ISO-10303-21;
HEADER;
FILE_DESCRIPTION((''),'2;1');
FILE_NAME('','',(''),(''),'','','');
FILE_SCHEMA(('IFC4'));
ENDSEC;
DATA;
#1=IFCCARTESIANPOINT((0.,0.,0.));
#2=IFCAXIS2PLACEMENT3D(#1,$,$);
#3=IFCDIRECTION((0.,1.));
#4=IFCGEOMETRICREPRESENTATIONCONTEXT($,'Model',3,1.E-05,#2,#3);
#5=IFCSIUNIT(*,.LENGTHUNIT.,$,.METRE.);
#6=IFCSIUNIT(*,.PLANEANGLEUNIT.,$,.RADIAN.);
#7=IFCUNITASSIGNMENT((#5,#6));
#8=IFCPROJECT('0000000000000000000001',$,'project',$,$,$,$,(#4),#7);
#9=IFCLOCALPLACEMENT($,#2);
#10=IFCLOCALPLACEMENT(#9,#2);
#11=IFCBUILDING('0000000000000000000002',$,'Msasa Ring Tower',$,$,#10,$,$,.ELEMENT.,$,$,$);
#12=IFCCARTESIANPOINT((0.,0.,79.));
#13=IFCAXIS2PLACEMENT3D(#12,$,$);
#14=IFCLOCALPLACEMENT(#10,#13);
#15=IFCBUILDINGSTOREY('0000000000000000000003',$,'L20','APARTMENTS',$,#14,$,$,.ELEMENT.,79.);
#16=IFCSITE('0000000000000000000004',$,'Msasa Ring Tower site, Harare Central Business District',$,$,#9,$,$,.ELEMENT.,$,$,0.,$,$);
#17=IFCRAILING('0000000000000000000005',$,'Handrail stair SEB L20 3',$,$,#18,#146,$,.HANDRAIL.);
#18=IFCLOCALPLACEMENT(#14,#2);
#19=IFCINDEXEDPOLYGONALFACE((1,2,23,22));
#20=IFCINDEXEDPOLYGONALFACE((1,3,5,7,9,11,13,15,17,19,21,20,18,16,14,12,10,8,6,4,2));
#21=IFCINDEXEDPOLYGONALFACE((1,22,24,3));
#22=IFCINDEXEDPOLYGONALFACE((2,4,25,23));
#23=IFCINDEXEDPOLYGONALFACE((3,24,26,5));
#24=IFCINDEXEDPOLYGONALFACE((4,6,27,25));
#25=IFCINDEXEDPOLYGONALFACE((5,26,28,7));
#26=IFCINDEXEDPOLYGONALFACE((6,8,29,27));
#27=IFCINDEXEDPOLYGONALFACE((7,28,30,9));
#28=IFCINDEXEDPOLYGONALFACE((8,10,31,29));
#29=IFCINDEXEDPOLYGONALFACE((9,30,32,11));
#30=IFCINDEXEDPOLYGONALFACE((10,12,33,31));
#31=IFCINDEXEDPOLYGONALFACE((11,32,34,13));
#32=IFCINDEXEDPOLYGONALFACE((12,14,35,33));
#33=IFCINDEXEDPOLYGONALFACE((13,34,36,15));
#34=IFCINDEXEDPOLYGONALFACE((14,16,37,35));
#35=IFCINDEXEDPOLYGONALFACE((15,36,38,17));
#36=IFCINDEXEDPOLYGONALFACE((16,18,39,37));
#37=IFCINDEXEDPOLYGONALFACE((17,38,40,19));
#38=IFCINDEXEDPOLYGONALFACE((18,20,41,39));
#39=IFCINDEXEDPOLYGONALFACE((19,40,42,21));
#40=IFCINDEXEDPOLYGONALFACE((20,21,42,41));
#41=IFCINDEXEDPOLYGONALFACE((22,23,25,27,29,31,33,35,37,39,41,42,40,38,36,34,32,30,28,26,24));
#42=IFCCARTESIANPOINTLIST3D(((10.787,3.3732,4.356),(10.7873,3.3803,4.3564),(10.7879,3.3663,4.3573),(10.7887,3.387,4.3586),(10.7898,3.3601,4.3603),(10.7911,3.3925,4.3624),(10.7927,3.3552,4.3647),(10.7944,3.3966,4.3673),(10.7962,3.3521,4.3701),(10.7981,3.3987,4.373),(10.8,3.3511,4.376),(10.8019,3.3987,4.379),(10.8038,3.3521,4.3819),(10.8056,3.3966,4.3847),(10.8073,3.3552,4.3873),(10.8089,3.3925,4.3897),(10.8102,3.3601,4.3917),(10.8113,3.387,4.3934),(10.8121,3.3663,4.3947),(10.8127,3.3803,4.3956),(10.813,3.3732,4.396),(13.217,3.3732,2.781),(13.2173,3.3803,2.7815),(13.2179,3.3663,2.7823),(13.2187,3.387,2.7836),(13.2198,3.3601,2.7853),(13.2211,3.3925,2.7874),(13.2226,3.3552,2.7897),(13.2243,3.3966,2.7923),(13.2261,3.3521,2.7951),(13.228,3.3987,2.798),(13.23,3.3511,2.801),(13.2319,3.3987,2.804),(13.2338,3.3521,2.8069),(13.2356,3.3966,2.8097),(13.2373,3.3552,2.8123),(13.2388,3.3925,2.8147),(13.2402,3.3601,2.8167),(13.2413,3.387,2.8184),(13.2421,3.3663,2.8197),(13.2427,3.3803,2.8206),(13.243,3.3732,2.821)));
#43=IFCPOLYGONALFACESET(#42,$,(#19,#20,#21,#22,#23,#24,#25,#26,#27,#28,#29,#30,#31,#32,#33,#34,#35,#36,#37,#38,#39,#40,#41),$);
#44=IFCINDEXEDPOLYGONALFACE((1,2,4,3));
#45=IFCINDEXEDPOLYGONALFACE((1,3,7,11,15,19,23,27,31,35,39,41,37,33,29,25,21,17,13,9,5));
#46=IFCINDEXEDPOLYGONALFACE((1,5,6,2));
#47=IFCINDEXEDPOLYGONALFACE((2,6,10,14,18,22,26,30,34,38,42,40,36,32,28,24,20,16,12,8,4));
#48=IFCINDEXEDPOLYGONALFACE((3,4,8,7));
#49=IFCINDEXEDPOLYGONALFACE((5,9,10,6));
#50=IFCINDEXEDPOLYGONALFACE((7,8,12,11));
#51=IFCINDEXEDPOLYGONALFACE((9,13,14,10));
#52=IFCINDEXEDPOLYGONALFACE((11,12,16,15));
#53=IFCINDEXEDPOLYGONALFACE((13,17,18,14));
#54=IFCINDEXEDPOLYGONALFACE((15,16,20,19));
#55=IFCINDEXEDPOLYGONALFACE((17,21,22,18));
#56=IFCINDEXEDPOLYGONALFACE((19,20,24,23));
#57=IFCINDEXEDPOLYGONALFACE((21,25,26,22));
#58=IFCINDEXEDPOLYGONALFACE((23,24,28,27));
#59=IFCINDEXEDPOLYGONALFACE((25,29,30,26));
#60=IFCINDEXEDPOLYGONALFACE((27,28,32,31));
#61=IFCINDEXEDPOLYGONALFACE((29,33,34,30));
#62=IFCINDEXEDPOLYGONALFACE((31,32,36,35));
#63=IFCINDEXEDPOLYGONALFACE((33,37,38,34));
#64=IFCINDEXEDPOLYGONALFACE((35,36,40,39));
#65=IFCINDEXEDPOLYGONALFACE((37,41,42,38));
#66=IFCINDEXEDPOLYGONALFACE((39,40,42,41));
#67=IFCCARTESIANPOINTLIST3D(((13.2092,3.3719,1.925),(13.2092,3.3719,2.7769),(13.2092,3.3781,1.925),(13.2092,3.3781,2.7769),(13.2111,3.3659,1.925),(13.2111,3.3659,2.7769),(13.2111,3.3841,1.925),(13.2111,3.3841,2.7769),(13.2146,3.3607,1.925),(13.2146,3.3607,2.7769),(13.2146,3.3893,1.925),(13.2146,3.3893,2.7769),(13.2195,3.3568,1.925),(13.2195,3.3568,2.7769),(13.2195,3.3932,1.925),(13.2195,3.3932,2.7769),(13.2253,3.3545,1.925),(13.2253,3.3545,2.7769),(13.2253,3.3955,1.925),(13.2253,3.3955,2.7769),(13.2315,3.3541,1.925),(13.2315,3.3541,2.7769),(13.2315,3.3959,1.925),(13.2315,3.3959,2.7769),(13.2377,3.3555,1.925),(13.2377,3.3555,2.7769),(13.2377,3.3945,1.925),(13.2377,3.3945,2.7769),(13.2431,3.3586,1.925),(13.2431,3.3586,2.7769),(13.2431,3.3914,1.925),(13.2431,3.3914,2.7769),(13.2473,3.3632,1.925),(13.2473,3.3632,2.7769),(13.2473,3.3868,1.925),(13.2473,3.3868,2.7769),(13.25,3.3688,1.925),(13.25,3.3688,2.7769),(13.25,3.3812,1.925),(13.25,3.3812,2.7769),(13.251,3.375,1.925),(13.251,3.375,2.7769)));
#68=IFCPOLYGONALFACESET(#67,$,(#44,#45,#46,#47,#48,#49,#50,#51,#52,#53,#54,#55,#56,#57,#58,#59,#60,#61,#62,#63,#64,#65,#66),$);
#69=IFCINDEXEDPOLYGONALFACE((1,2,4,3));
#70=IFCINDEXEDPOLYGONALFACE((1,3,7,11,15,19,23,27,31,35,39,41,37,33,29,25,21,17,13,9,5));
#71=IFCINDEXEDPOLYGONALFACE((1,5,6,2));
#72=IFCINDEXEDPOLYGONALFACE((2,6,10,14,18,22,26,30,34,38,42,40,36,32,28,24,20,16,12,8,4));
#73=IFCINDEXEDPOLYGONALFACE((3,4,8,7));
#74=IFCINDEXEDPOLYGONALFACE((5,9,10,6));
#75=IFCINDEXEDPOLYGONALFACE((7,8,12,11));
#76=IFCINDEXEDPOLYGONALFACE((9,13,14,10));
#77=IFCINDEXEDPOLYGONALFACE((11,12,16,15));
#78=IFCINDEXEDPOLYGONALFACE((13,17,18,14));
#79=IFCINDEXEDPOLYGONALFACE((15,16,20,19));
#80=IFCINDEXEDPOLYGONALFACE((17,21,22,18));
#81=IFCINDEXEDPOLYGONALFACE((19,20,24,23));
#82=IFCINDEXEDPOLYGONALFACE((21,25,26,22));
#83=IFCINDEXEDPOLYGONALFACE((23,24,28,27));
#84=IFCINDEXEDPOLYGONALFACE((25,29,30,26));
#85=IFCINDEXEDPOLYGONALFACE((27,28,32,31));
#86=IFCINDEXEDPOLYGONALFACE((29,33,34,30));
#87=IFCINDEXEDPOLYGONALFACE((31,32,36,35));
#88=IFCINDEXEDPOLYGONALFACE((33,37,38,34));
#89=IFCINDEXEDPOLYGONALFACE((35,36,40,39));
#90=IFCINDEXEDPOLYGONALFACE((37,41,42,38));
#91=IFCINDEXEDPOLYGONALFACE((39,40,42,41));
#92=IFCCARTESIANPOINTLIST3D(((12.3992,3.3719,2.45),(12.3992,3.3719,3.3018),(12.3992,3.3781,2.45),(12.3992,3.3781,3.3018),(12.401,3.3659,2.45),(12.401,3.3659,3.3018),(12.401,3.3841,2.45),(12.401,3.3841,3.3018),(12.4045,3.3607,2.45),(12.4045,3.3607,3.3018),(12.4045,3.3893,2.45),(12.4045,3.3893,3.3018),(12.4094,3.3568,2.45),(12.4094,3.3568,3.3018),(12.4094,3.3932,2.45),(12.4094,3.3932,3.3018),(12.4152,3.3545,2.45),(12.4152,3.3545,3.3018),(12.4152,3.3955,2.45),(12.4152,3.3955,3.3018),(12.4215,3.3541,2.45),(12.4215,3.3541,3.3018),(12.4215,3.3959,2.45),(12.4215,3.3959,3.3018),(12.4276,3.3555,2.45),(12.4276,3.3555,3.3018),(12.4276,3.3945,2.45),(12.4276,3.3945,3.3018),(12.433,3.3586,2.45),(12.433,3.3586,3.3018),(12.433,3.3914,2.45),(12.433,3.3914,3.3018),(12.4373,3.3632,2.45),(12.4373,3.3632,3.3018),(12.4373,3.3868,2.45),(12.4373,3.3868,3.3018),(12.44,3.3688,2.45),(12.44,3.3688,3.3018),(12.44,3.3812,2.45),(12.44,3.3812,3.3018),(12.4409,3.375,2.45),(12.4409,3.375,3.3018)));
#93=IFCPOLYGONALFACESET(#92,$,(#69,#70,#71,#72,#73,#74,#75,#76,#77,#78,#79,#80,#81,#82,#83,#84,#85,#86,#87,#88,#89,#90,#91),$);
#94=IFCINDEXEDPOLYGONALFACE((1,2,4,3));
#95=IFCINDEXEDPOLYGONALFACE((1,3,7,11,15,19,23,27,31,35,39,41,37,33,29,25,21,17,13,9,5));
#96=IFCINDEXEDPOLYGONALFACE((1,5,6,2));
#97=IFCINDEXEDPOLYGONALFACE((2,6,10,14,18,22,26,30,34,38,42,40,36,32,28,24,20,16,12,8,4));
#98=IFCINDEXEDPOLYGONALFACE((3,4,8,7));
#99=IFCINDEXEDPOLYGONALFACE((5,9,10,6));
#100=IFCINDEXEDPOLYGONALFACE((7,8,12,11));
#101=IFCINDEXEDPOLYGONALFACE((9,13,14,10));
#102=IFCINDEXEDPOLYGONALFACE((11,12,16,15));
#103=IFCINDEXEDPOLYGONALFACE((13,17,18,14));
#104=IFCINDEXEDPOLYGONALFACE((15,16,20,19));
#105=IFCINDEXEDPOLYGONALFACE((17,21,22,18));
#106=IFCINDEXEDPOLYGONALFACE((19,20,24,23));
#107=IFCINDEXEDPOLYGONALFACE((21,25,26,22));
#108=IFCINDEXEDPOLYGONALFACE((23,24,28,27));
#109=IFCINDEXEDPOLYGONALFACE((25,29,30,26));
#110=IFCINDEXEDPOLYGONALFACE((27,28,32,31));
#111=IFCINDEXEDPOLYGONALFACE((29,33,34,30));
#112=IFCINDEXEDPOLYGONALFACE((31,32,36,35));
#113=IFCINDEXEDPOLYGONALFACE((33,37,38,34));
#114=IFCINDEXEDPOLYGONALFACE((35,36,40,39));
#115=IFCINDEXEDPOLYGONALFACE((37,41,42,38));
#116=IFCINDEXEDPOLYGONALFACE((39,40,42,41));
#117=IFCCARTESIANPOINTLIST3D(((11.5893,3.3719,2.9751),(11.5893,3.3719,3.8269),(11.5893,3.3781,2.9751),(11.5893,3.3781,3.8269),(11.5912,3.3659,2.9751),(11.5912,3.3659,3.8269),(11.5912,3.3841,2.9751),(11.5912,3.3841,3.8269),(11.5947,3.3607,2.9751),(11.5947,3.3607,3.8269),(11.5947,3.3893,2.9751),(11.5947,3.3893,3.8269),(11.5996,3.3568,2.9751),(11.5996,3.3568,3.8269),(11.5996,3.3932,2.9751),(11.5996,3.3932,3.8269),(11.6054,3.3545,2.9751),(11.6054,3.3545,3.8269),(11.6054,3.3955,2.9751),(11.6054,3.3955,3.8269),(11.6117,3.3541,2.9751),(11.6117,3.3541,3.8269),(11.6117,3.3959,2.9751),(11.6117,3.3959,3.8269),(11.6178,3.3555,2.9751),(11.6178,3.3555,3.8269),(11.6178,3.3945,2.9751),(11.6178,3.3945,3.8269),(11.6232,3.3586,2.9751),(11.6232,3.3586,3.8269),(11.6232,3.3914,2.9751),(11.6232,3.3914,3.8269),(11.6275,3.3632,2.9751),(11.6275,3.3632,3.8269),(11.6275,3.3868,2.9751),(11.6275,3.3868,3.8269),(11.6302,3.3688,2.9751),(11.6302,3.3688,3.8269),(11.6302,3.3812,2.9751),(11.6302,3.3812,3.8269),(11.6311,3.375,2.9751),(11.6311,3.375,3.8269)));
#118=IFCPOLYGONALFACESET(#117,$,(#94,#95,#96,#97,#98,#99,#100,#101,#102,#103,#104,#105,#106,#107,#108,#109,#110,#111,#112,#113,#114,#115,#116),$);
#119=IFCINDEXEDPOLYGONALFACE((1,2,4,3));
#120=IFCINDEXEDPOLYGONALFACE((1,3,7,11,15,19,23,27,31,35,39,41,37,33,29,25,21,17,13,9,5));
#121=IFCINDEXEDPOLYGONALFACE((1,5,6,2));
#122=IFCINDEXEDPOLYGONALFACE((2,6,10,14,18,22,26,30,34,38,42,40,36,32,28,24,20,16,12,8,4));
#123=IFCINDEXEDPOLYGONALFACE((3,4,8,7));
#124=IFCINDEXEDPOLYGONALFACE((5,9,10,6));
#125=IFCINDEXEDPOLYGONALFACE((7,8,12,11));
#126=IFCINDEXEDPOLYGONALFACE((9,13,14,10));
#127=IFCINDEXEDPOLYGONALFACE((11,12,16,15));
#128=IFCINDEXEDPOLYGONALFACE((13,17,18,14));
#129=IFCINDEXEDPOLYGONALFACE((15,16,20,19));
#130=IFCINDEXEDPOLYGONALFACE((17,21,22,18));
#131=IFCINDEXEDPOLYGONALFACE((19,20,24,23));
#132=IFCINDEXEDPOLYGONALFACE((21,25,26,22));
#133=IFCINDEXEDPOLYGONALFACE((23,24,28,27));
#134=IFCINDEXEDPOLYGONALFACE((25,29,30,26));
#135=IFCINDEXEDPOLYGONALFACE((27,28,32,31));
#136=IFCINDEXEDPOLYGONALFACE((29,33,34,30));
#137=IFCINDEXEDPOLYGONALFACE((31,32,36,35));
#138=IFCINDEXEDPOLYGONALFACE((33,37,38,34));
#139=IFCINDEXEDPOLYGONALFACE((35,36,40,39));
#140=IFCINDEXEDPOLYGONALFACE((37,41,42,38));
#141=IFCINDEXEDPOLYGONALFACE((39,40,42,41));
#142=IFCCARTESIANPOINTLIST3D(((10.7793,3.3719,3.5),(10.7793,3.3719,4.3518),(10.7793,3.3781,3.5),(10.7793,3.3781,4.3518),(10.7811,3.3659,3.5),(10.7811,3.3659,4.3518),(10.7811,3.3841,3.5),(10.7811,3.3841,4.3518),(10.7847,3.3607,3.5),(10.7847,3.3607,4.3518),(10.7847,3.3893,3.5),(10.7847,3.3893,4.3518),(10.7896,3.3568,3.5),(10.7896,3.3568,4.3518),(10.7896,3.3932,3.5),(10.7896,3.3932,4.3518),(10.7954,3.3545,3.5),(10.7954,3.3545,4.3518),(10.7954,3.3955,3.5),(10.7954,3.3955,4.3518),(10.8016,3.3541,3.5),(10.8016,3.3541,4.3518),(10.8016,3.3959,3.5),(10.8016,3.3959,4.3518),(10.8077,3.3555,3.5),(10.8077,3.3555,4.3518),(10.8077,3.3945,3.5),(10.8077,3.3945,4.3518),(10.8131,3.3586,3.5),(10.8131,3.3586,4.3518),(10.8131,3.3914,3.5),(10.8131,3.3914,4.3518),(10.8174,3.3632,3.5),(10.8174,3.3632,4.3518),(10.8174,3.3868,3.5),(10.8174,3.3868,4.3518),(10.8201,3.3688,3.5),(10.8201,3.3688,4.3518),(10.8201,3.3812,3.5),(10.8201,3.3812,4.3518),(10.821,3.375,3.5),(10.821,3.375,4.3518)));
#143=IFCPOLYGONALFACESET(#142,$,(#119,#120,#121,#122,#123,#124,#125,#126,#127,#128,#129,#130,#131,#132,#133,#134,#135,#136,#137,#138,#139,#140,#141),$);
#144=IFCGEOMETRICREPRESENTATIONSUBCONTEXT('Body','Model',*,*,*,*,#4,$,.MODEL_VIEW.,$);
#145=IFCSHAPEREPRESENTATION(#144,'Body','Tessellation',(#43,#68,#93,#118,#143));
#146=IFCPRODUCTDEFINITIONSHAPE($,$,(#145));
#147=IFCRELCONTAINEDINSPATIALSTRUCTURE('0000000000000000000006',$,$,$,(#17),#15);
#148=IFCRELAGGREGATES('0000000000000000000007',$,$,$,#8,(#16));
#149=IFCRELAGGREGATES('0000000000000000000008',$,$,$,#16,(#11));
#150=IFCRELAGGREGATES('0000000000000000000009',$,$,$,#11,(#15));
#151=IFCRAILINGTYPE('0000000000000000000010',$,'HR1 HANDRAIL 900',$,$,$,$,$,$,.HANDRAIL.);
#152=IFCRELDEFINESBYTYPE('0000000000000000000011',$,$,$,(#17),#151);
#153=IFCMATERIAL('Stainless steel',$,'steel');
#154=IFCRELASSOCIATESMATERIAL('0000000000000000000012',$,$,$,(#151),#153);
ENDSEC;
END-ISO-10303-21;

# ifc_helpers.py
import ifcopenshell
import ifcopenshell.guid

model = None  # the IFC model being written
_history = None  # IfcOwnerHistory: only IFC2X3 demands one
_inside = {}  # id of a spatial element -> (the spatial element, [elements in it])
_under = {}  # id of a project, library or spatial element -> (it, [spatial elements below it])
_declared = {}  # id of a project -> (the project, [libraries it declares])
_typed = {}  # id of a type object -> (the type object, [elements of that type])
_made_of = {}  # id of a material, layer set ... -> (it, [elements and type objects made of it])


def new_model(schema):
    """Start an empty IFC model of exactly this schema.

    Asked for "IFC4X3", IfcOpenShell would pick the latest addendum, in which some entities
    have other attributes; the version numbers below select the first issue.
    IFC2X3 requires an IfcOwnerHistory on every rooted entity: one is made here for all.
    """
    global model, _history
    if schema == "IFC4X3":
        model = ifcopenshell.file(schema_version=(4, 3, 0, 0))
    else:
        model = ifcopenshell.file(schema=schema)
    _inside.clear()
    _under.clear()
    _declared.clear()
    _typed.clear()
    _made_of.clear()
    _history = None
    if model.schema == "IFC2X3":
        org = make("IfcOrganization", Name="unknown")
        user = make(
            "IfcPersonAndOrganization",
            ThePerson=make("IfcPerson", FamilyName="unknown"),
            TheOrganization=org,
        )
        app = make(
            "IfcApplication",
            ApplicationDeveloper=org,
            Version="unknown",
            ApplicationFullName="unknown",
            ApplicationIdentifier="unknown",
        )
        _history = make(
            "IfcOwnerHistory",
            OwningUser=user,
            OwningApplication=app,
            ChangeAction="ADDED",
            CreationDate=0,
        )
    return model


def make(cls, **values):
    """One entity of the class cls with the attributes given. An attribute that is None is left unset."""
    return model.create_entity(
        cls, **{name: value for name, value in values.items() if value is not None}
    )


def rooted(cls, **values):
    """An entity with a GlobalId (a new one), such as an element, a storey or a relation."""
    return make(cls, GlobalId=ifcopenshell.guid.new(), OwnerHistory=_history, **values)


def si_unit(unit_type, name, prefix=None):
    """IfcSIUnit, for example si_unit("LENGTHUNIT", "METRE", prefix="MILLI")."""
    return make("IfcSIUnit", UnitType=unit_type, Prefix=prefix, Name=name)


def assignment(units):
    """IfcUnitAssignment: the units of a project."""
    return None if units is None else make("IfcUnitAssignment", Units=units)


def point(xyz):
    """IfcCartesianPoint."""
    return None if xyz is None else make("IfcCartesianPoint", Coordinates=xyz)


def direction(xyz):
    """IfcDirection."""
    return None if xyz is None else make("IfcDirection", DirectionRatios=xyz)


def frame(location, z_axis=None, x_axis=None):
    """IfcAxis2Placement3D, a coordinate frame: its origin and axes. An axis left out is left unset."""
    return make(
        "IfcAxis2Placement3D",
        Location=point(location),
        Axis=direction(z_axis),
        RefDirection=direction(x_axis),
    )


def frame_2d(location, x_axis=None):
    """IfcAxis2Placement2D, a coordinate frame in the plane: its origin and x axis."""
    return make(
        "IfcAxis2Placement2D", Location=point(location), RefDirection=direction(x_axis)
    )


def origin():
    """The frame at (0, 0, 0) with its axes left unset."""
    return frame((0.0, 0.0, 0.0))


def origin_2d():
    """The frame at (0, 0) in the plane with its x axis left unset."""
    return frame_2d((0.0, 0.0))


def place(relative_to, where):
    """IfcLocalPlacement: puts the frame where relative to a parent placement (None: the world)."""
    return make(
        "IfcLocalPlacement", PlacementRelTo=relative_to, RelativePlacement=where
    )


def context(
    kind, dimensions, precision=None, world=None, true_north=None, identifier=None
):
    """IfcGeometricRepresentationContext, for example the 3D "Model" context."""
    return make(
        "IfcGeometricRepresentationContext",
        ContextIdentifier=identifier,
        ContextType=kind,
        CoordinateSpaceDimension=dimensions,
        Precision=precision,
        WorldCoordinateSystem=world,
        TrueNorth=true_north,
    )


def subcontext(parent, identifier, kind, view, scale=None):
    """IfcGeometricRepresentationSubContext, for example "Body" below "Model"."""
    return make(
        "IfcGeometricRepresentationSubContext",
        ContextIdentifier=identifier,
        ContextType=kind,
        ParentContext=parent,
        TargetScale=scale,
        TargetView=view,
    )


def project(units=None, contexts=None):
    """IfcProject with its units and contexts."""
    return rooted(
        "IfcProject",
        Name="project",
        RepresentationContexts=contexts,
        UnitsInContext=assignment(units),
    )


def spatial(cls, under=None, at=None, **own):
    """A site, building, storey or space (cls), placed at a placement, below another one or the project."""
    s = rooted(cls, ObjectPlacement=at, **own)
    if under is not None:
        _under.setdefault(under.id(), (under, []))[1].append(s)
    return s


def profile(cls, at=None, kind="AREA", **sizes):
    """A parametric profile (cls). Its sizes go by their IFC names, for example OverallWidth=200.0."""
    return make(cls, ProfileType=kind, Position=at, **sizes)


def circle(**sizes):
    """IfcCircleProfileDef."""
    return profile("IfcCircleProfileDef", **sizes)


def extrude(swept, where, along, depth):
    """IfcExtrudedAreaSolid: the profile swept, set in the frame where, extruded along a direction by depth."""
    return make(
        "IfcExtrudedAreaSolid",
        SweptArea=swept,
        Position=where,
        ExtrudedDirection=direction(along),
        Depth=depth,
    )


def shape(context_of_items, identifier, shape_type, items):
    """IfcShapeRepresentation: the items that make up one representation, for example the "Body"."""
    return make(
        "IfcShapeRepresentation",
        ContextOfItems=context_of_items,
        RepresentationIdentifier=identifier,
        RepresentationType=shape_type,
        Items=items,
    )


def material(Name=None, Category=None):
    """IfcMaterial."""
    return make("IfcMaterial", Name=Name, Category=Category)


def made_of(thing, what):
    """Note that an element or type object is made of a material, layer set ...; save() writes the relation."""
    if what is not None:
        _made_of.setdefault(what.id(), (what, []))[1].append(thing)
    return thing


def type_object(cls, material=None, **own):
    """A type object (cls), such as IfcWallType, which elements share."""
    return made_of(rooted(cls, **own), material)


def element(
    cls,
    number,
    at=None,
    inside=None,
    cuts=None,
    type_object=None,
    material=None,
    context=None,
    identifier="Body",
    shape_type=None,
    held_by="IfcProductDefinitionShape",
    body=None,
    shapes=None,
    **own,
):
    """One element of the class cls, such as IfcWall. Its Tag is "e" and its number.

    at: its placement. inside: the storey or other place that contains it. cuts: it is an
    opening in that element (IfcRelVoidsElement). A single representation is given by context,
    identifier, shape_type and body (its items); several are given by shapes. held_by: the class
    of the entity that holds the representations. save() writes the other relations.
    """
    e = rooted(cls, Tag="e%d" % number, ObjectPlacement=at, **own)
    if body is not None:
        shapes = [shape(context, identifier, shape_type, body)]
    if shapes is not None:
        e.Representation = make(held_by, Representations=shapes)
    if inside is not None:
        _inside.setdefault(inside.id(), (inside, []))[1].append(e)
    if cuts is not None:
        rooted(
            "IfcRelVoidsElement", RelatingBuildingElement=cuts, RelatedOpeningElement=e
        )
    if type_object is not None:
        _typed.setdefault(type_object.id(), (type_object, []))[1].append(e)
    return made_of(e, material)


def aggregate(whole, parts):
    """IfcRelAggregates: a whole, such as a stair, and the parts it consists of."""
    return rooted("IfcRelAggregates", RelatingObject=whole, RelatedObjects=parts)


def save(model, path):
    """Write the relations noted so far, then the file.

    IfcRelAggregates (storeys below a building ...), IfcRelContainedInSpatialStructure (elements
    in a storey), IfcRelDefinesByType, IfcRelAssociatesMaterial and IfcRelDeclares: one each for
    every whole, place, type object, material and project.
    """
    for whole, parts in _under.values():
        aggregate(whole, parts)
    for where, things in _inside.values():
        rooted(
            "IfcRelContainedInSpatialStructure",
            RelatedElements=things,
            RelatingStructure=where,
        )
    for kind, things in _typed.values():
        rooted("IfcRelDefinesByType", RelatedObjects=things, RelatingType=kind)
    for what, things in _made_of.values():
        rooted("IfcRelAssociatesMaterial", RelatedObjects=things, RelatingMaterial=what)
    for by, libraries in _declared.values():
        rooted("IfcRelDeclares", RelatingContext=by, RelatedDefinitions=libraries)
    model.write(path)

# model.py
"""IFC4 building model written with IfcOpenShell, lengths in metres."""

from ifc_helpers import new_model, si_unit, direction, frame, origin, origin_2d, place, context, subcontext, project, spatial, circle, extrude, material, type_object, element, save


model = new_model("IFC4")

# Units and contexts
model_context = context("Model", 3, precision=1e-05, world=origin(), true_north=direction((0.0, 1.0)))
body_context = subcontext(model_context, "Body", "Model", "MODEL_VIEW")
ifc_project = project(units=[si_unit("LENGTHUNIT", "METRE"), si_unit("PLANEANGLEUNIT", "RADIAN")], contexts=[model_context])

# Site, building, storey
site_placement = place(None, origin())
site = spatial("IfcSite", under=ifc_project, at=site_placement, Name="Msasa Ring Tower site, Harare Central Business District", CompositionType="ELEMENT", RefElevation=0.0)
building_placement = place(site_placement, origin())
building = spatial("IfcBuilding", under=site, at=building_placement, Name="Msasa Ring Tower", CompositionType="ELEMENT")
storey_placement = place(building_placement, frame((0.0, 0.0, 79.0)))
storey = spatial("IfcBuildingStorey", under=building, at=storey_placement, Name="L20", Description="APARTMENTS", CompositionType="ELEMENT", Elevation=79.0)

# Railing
ifc_material_1 = material(Name="Stainless steel", Category="steel")
railing_type = type_object("IfcRailingType", Name="HR1 HANDRAIL 900", PredefinedType="HANDRAIL", material=ifc_material_1)
for number, where, name in (
    (1, (13.23, 3.375, 1.925), "Handrail stair SEB L20 3"),
):
    element("IfcRailing", number, at=place(storey_placement, frame(where)), inside=storey, type_object=railing_type, Name=name, PredefinedType="HANDRAIL", context=body_context, shape_type="SweptSolid", body=[
        extrude(circle(Radius=0.0239, at=origin_2d()), frame((0.0, 0.0, 0.876), z_axis=(-0.839154, 0.0, 0.543894), x_axis=(0.0, -1.0, 0.0)), (0.0, 0.0, 1.0), 2.8958),
        extrude(circle(Radius=0.021, at=origin_2d()), origin(), (0.0, 0.0, 1.0), 0.8518),
        extrude(circle(Radius=0.021, at=origin_2d()), frame((-0.8101, 0.0, 0.5249)), (0.0, 0.0, 1.0), 0.8518),
        extrude(circle(Radius=0.021, at=origin_2d()), frame((-1.6199, 0.0, 1.05)), (0.0, 0.0, 1.0), 0.8518),
        extrude(circle(Radius=0.021, at=origin_2d()), frame((-2.4299, 0.0, 1.575)), (0.0, 0.0, 1.0), 0.8518),
    ])

save(model, "model.ifc")
